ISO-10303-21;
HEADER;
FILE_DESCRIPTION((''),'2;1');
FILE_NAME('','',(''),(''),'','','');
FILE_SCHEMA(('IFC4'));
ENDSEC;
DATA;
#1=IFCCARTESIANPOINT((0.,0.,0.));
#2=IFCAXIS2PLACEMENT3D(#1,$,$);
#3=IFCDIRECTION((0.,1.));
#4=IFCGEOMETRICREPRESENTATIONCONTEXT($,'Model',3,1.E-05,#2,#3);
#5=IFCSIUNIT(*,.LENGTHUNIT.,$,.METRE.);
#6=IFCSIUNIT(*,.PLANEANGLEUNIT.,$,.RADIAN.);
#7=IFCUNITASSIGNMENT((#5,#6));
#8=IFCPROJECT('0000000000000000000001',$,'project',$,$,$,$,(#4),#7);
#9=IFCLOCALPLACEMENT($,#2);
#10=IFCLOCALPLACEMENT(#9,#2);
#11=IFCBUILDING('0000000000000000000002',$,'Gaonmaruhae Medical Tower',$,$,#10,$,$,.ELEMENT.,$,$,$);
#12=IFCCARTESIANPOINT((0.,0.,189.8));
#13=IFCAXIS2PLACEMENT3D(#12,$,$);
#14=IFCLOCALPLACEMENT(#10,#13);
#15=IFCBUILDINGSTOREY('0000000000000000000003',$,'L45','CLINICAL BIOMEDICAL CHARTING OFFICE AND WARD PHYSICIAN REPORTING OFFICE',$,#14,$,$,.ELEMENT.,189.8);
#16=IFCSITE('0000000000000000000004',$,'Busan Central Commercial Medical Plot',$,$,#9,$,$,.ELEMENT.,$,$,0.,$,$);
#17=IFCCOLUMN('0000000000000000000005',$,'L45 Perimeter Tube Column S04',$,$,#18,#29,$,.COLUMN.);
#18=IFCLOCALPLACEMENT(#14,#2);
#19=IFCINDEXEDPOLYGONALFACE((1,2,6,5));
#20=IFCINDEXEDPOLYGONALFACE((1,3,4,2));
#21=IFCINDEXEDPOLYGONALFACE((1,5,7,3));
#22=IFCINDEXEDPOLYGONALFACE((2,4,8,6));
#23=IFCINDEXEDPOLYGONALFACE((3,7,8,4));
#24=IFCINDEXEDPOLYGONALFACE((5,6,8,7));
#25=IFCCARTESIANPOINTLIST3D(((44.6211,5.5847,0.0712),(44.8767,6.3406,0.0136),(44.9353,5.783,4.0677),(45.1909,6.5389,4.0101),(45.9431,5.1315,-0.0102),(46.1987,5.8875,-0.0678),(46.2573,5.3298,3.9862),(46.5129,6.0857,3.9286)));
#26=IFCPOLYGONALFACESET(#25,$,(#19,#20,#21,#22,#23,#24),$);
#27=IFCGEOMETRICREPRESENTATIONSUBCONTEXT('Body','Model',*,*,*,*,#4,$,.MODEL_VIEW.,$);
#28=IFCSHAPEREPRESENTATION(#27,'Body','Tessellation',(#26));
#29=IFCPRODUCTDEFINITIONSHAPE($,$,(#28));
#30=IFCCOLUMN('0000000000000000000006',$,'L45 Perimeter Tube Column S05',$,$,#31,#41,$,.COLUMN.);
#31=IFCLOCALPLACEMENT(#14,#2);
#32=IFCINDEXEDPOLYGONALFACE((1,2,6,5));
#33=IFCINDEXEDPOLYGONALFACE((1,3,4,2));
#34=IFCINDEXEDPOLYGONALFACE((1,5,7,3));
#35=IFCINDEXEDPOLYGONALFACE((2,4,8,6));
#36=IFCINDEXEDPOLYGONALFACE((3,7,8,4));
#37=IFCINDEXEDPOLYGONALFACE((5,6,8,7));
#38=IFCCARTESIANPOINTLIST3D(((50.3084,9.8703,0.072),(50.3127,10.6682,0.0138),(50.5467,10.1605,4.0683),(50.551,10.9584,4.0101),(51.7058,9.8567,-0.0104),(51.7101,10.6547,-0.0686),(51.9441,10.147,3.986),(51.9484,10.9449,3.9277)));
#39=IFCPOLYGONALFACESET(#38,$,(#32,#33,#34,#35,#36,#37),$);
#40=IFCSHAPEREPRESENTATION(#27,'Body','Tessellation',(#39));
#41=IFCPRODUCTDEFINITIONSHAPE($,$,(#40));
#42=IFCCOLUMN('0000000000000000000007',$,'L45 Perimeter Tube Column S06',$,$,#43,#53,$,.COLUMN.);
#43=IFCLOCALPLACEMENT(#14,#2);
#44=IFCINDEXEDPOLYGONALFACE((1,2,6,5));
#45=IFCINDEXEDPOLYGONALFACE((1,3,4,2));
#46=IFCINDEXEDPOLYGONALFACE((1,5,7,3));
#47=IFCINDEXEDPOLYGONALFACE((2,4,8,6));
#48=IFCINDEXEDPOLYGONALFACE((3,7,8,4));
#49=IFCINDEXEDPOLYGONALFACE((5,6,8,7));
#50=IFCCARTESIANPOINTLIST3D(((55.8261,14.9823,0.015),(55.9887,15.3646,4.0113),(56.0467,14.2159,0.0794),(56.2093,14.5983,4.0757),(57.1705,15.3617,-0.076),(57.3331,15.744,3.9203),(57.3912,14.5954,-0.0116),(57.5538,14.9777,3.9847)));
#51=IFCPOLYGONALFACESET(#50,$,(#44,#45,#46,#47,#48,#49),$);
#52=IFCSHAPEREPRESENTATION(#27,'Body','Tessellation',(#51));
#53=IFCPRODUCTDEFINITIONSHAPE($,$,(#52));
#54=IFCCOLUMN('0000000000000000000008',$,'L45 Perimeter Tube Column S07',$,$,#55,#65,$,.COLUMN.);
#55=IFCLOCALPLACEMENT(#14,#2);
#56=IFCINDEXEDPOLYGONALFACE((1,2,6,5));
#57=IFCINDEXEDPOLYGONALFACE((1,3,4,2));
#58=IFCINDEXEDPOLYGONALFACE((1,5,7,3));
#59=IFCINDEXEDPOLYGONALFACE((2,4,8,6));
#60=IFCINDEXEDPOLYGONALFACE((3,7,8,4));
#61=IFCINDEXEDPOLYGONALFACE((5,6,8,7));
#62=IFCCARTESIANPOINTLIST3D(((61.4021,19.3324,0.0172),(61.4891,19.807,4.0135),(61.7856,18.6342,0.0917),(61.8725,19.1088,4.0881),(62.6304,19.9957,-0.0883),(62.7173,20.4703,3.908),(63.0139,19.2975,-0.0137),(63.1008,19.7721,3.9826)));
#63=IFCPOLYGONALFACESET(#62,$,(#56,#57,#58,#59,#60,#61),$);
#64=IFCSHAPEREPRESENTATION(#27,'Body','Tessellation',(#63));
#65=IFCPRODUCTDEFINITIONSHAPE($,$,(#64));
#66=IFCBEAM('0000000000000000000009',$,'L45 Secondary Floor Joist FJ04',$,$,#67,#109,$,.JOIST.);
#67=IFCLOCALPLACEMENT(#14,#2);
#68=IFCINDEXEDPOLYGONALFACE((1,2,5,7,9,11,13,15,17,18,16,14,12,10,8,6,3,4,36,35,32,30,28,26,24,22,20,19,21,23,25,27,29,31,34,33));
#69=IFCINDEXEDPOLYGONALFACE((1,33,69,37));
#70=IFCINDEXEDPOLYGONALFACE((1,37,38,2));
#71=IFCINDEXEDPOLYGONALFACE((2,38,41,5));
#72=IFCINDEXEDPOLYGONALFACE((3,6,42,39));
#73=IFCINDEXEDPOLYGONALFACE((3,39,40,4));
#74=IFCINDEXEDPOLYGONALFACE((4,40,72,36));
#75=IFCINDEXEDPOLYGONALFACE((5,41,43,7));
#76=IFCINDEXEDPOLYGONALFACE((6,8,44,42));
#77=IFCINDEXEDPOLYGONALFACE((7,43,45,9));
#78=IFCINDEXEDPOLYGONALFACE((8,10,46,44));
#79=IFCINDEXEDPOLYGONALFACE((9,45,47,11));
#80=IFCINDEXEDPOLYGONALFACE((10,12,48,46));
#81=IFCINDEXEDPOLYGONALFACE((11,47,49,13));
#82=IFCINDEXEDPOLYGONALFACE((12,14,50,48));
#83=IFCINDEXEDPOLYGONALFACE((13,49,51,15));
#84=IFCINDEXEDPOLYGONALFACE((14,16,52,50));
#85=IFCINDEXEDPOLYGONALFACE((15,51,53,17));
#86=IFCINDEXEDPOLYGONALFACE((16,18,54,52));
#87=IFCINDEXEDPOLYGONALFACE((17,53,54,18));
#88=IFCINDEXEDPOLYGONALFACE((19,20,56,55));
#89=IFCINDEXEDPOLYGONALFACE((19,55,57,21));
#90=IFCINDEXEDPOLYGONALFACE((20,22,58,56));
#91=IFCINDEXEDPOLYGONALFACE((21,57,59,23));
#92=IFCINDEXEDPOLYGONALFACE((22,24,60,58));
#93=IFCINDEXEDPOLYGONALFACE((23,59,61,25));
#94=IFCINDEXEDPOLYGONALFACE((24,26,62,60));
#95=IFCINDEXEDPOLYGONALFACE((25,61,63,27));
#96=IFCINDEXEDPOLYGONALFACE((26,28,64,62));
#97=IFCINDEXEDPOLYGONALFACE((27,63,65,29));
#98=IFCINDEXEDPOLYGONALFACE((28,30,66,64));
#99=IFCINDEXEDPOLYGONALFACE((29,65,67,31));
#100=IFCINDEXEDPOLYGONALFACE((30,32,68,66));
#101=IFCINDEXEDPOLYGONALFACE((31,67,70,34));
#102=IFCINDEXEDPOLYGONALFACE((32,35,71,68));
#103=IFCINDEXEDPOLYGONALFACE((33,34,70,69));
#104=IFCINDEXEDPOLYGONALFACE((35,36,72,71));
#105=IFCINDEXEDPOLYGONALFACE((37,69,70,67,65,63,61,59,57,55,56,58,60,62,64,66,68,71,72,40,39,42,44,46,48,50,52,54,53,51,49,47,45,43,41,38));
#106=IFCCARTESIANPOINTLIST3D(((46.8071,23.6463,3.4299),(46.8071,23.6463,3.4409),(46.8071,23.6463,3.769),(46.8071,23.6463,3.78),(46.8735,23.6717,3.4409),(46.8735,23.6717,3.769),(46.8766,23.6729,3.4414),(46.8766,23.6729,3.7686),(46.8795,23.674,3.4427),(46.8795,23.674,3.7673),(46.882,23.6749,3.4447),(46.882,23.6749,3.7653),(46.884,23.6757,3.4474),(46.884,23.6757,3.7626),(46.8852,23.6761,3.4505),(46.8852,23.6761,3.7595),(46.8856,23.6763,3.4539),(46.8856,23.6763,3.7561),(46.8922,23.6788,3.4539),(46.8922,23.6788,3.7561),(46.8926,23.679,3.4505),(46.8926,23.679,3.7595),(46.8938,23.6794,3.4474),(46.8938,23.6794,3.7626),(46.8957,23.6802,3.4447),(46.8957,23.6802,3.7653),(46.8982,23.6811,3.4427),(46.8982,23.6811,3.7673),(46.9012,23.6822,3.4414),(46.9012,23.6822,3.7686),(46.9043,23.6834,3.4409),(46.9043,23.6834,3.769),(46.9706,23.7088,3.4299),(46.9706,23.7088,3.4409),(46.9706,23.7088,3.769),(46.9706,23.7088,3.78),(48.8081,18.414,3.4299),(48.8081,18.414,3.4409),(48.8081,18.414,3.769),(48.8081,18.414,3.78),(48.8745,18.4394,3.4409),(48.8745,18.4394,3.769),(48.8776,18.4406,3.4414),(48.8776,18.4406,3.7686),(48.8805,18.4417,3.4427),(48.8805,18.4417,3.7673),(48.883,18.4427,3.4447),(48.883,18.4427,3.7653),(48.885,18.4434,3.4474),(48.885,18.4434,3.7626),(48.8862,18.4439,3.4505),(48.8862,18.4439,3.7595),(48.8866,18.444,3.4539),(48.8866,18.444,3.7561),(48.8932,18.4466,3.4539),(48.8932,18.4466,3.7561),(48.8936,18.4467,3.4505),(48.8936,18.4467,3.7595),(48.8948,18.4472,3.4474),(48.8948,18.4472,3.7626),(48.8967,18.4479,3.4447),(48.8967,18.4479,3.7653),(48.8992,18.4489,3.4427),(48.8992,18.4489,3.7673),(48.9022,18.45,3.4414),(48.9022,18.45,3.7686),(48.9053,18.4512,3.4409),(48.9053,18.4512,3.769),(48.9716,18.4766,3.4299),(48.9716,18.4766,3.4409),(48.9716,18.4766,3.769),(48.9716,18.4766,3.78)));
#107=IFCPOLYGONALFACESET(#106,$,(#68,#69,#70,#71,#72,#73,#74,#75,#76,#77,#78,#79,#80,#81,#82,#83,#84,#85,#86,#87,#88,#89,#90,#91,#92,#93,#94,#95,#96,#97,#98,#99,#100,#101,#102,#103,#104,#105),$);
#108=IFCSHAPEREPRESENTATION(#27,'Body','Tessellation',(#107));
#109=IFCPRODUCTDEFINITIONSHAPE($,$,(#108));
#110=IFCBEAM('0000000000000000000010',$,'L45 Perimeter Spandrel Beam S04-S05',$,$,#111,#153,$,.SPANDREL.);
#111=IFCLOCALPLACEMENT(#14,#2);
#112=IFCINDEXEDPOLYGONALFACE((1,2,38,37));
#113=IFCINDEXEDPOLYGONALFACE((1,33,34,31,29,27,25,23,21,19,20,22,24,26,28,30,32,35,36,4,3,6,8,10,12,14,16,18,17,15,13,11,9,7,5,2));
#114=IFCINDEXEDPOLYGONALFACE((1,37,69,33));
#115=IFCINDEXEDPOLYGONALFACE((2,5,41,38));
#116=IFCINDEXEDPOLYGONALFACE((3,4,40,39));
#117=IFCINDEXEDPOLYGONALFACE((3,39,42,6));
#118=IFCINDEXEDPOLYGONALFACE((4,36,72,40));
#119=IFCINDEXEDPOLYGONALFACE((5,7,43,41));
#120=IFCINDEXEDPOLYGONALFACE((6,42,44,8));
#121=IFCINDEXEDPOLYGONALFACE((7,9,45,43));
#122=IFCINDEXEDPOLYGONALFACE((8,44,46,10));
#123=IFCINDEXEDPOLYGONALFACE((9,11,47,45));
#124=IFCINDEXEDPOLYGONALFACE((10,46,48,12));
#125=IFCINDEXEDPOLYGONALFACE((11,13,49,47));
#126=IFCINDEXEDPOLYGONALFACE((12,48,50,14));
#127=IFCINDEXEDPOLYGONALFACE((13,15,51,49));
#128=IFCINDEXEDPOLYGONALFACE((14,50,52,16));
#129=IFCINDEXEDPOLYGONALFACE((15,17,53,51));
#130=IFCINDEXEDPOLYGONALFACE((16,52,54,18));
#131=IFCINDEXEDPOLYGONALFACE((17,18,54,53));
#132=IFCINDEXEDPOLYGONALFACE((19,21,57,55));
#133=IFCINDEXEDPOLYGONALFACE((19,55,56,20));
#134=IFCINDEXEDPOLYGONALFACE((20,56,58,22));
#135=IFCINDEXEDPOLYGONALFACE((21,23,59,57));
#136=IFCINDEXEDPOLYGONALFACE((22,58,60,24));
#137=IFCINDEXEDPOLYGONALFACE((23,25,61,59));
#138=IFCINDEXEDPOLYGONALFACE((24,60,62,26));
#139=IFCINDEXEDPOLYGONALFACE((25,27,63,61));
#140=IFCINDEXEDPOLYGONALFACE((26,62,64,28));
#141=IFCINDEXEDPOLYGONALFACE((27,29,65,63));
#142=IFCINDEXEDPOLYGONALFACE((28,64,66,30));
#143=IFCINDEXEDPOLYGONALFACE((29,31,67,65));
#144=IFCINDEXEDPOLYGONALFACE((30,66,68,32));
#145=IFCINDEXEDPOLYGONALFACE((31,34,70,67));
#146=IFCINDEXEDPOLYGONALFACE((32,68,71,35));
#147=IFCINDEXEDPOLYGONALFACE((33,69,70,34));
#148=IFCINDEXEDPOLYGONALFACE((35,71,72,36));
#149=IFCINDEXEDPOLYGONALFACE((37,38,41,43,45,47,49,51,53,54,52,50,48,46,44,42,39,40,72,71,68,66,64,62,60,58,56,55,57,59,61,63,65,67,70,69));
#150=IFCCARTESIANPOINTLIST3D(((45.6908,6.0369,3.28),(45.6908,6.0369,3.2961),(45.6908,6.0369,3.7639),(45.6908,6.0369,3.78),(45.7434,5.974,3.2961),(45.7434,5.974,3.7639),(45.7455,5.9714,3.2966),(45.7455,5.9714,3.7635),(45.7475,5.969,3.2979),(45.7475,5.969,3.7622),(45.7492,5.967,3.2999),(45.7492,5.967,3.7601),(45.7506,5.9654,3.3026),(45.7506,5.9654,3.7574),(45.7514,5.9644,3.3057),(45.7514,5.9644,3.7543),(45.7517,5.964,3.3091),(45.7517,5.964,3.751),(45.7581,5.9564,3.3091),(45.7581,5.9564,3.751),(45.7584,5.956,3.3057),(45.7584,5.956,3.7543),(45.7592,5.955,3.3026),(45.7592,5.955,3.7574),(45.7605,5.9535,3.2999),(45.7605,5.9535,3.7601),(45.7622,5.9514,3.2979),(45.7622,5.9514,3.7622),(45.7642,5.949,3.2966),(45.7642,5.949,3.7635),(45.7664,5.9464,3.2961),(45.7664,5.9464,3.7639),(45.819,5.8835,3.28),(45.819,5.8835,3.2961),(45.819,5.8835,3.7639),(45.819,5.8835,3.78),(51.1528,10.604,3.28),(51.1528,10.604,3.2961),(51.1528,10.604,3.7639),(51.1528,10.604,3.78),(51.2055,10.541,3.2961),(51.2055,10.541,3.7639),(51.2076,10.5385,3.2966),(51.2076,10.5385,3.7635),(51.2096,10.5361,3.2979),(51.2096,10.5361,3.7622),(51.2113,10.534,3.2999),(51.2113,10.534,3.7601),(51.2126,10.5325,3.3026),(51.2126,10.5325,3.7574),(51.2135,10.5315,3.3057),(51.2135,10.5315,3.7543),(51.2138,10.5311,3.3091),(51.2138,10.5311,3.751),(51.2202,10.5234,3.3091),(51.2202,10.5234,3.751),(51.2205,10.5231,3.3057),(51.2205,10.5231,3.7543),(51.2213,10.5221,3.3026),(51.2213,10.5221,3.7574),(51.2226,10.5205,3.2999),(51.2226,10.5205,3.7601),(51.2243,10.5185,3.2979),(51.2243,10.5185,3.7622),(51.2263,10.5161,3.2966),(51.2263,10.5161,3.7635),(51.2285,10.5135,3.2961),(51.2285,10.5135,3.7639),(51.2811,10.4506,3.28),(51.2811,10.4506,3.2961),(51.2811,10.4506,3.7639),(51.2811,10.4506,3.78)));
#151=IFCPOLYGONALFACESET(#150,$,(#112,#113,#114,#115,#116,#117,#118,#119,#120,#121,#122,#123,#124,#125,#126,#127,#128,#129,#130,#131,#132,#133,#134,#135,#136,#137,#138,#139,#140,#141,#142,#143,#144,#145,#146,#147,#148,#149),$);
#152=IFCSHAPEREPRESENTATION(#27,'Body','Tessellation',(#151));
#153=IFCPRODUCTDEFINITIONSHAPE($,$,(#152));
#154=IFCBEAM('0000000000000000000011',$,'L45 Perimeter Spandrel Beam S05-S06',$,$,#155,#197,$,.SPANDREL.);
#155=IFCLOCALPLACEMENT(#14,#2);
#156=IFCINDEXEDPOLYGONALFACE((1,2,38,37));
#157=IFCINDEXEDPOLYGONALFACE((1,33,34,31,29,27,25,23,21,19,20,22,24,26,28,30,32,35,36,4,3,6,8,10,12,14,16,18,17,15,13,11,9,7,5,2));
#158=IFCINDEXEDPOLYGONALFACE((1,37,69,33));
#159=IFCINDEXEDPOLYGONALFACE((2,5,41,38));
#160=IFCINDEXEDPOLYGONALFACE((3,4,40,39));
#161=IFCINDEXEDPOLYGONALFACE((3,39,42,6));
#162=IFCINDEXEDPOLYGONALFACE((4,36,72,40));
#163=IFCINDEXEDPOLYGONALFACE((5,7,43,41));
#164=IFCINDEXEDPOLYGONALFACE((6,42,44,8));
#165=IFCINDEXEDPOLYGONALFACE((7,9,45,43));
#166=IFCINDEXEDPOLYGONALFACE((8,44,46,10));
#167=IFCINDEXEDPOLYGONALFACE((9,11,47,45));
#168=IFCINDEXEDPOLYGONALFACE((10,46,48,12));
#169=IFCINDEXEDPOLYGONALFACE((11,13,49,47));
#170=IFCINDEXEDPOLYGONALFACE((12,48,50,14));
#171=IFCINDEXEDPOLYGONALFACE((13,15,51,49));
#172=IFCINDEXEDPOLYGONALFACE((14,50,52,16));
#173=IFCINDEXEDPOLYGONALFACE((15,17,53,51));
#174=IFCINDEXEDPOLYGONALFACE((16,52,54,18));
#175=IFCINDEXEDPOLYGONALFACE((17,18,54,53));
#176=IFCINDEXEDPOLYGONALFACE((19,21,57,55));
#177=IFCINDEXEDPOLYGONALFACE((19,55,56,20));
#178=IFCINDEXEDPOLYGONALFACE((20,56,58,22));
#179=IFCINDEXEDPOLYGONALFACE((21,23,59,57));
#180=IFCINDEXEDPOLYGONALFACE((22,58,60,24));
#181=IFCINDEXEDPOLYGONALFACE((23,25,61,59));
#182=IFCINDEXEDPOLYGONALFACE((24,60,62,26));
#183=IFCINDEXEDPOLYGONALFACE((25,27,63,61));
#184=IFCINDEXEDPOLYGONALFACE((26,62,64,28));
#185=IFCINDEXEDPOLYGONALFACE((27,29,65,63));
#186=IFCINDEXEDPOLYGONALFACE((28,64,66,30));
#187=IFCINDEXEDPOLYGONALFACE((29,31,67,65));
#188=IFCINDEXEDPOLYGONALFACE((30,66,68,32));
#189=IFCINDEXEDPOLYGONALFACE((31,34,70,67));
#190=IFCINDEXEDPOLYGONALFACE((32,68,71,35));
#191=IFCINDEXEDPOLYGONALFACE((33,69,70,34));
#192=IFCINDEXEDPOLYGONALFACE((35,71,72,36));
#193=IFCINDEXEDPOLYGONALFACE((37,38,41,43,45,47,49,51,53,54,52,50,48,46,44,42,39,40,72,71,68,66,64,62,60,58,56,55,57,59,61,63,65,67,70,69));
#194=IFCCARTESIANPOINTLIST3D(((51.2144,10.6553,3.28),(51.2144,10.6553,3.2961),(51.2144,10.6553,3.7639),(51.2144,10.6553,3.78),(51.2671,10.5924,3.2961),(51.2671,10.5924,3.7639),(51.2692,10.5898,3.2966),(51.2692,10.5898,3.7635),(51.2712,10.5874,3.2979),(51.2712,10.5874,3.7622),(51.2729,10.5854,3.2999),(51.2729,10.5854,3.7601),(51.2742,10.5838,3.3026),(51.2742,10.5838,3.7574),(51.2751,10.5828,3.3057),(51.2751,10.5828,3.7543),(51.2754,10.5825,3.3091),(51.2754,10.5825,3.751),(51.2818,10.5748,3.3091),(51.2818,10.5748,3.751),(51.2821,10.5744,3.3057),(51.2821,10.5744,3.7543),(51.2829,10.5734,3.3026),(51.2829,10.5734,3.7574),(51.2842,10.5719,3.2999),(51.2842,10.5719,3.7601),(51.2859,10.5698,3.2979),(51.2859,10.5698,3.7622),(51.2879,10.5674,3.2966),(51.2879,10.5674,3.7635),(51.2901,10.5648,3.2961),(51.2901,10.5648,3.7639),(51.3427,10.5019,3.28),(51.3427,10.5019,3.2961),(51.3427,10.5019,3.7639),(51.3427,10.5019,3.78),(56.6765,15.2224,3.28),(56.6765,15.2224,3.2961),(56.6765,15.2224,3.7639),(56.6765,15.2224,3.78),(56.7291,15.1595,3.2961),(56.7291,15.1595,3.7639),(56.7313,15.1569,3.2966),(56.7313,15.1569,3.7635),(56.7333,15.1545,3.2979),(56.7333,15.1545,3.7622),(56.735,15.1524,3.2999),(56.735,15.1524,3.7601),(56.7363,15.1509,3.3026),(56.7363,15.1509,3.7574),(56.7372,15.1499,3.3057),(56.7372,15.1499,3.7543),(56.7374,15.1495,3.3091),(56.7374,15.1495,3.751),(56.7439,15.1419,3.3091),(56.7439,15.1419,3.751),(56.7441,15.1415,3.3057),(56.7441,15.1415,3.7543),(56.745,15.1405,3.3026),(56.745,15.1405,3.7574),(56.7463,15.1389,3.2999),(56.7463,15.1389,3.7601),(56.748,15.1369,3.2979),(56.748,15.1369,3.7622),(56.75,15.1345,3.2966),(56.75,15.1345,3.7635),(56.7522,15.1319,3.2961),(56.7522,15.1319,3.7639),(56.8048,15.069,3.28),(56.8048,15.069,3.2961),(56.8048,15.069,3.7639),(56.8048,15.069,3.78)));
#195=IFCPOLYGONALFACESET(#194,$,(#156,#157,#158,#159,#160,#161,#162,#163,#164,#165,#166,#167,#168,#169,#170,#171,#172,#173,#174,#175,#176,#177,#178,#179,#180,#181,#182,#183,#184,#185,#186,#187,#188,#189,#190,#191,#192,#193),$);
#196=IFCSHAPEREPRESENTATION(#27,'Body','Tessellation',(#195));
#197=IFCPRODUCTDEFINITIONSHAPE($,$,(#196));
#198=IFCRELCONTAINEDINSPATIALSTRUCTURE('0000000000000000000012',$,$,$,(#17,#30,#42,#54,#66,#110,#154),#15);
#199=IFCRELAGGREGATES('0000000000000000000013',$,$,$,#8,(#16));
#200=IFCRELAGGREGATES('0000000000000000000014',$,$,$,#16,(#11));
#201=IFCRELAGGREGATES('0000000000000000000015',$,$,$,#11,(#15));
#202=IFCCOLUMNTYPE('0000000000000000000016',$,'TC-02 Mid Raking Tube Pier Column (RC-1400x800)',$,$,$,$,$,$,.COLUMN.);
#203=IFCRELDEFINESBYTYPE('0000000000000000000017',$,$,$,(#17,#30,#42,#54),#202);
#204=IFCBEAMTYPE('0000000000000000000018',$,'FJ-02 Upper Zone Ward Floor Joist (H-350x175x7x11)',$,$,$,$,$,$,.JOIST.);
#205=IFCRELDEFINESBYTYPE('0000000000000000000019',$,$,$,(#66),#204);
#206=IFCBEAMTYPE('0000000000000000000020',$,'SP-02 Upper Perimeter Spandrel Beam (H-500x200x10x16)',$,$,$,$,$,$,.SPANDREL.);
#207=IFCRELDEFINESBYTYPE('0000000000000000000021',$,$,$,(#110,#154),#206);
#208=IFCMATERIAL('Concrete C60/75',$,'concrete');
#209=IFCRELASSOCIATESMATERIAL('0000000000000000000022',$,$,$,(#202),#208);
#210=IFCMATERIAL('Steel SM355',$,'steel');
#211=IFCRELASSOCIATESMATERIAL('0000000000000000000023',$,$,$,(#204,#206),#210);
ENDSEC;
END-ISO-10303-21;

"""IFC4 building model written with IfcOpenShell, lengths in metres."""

from ifc_helpers import new_model, si_unit, direction, frame, origin, origin_2d, place, context, subcontext, project, spatial, rectangle, i_section, extrude, material, material_profile, profile_set, type_object, element, save


model = new_model("IFC4")

# Units and contexts
model_context = context("Model", 3, precision=1e-05, world=origin(), true_north=direction((0.0, 1.0)))
body_context = subcontext(model_context, "Body", "Model", "MODEL_VIEW")
ifc_project = project(units=[si_unit("LENGTHUNIT", "METRE"), si_unit("PLANEANGLEUNIT", "RADIAN")], contexts=[model_context])

# Site, building, storey
site_placement = place(None, origin())
site = spatial("IfcSite", under=ifc_project, at=site_placement, Name="Busan Central Commercial Medical Plot", CompositionType="ELEMENT", RefElevation=0.0)
building_placement = place(site_placement, origin())
building = spatial("IfcBuilding", under=site, at=building_placement, Name="Gaonmaruhae Medical Tower", CompositionType="ELEMENT")
storey_placement = place(building_placement, frame((0.0, 0.0, 189.8)))
storey = spatial("IfcBuildingStorey", under=building, at=storey_placement, Name="L45", Description="CLINICAL BIOMEDICAL CHARTING OFFICE AND WARD PHYSICIAN REPORTING OFFICE", CompositionType="ELEMENT", Elevation=189.8)

# Columns
ifc_material_1 = material(Name="Concrete C60/75", Category="concrete")
ifc_material_profile_1 = material_profile(ifc_material_1, rectangle(XDim=1.3999, YDim=0.8, at=origin_2d()), Name="RC-1400x800")
ifc_profile_set_1 = profile_set([ifc_material_profile_1], Name="Concrete C60/75")
column_type = type_object("IfcColumnType", Name="TC-02 Mid Raking Tube Pier Column (RC-1400x800)", PredefinedType="COLUMN", material=ifc_profile_set_1)
column_1_placement = place(storey_placement, frame((45.4099, 5.7361, 0.0017), z_axis=(0.078287, 0.049393, 0.995707), x_axis=(-0.94436, 0.323725, 0.058191)))
element("IfcColumn", 1, at=column_1_placement, inside=storey, type_object=column_type, Name="L45 Perimeter Tube Column S04", PredefinedType="COLUMN", context=body_context, shape_type="SweptSolid", body=[
    extrude(rectangle(XDim=1.3999, YDim=0.8, at=origin_2d()), origin(), (0.0, 0.0, 1.0), 4.0137),
])
column_2_placement = place(storey_placement, frame((51.0093, 10.2625, 0.0017), z_axis=(0.059363, 0.072319, 0.995613), x_axis=(-0.998222, 0.009656, 0.058818)))
element("IfcColumn", 2, at=column_2_placement, inside=storey, type_object=column_type, Name="L45 Perimeter Tube Column S05", PredefinedType="COLUMN", context=body_context, shape_type="SweptSolid", body=[
    extrude(rectangle(XDim=1.3999, YDim=0.8, at=origin_2d()), origin(), (0.0, 0.0, 1.0), 4.0139),
])
column_3_placement = place(storey_placement, frame((56.6086, 14.7888, 0.0017), z_axis=(0.040469, 0.095156, 0.994639), x_axis=(-0.960372, -0.271035, 0.065004)))
element("IfcColumn", 3, at=column_3_placement, inside=storey, type_object=column_type, Name="L45 Perimeter Tube Column S06", PredefinedType="COLUMN", context=body_context, shape_type="SweptSolid", body=[
    extrude(rectangle(XDim=1.3999, YDim=0.8, at=origin_2d()), origin(), (0.0, 0.0, 1.0), 4.0178),
])
column_4_placement = place(storey_placement, frame((62.208, 19.3149, 0.0017), z_axis=(0.021592, 0.117905, 0.99279), x_axis=(-0.877396, -0.473813, 0.075353)))
element("IfcColumn", 4, at=column_4_placement, inside=storey, type_object=column_type, Name="L45 Perimeter Tube Column S07", PredefinedType="COLUMN", context=body_context, shape_type="SweptSolid", body=[
    extrude(rectangle(XDim=1.3999, YDim=0.8, at=origin_2d()), origin(), (0.0, 0.0, 1.0), 4.0254),
])

# Beams
ifc_material_2 = material(Name="Steel SM355", Category="steel")
ifc_material_profile_2 = material_profile(ifc_material_2, i_section(OverallWidth=0.175, OverallDepth=0.3501, WebThickness=0.0071, FlangeThickness=0.011, FilletRadius=0.0129, at=origin_2d()), Name="H-350x175x7x11")
ifc_profile_set_2 = profile_set([ifc_material_profile_2], Name="Steel SM355")
beam_type_1 = type_object("IfcBeamType", Name="FJ-02 Upper Zone Ward Floor Joist (H-350x175x7x11)", PredefinedType="JOIST", material=ifc_profile_set_2)
beam_placement = place(storey_placement, frame((48.8899, 18.4453, 3.605), z_axis=(-0.357206, 0.934026, 0.0), x_axis=(-0.934026, -0.357206, 0.0)))
element("IfcBeam", 5, at=beam_placement, inside=storey, type_object=beam_type_1, Name="L45 Secondary Floor Joist FJ04", PredefinedType="JOIST", context=body_context, shape_type="SweptSolid", body=[
    extrude(i_section(OverallWidth=0.175, OverallDepth=0.3501, WebThickness=0.0071, FlangeThickness=0.011, FilletRadius=0.0129, at=origin_2d()), origin(), (0.0, 0.0, 1.0), 5.6018),
])
ifc_material_profile_3 = material_profile(ifc_material_2, i_section(OverallWidth=0.2, OverallDepth=0.5, WebThickness=0.01, FlangeThickness=0.0161, FilletRadius=0.0129, at=origin_2d()), Name="H-500x200x10x16")
ifc_profile_set_3 = profile_set([ifc_material_profile_3], Name="Steel SM355")
beam_type_2 = type_object("IfcBeamType", Name="SP-02 Upper Perimeter Spandrel Beam (H-500x200x10x16)", PredefinedType="SPANDREL", material=ifc_profile_set_3)
for number, where, z_axis, x_axis, name in (
    (6, (45.7549, 5.9602, 3.53), (0.767161, 0.641455, 0.0), (-0.641455, 0.767161, 0.0), "L45 Perimeter Spandrel Beam S04-S05"),
    (7, (51.2786, 10.5786, 3.53), (0.767161, 0.641455, 0.0), (-0.641455, 0.767161, 0.0), "L45 Perimeter Spandrel Beam S05-S06"),
):
    element("IfcBeam", number, at=place(storey_placement, frame(where, z_axis=z_axis, x_axis=x_axis)), inside=storey, type_object=beam_type_2, Name=name, PredefinedType="SPANDREL", context=body_context, shape_type="SweptSolid", body=[
        extrude(i_section(OverallWidth=0.2, OverallDepth=0.5, WebThickness=0.01, FlangeThickness=0.0161, FilletRadius=0.0129, at=origin_2d()), origin(), (0.0, 0.0, 1.0), 7.1199),
    ])

save(model, "model.ifc")
